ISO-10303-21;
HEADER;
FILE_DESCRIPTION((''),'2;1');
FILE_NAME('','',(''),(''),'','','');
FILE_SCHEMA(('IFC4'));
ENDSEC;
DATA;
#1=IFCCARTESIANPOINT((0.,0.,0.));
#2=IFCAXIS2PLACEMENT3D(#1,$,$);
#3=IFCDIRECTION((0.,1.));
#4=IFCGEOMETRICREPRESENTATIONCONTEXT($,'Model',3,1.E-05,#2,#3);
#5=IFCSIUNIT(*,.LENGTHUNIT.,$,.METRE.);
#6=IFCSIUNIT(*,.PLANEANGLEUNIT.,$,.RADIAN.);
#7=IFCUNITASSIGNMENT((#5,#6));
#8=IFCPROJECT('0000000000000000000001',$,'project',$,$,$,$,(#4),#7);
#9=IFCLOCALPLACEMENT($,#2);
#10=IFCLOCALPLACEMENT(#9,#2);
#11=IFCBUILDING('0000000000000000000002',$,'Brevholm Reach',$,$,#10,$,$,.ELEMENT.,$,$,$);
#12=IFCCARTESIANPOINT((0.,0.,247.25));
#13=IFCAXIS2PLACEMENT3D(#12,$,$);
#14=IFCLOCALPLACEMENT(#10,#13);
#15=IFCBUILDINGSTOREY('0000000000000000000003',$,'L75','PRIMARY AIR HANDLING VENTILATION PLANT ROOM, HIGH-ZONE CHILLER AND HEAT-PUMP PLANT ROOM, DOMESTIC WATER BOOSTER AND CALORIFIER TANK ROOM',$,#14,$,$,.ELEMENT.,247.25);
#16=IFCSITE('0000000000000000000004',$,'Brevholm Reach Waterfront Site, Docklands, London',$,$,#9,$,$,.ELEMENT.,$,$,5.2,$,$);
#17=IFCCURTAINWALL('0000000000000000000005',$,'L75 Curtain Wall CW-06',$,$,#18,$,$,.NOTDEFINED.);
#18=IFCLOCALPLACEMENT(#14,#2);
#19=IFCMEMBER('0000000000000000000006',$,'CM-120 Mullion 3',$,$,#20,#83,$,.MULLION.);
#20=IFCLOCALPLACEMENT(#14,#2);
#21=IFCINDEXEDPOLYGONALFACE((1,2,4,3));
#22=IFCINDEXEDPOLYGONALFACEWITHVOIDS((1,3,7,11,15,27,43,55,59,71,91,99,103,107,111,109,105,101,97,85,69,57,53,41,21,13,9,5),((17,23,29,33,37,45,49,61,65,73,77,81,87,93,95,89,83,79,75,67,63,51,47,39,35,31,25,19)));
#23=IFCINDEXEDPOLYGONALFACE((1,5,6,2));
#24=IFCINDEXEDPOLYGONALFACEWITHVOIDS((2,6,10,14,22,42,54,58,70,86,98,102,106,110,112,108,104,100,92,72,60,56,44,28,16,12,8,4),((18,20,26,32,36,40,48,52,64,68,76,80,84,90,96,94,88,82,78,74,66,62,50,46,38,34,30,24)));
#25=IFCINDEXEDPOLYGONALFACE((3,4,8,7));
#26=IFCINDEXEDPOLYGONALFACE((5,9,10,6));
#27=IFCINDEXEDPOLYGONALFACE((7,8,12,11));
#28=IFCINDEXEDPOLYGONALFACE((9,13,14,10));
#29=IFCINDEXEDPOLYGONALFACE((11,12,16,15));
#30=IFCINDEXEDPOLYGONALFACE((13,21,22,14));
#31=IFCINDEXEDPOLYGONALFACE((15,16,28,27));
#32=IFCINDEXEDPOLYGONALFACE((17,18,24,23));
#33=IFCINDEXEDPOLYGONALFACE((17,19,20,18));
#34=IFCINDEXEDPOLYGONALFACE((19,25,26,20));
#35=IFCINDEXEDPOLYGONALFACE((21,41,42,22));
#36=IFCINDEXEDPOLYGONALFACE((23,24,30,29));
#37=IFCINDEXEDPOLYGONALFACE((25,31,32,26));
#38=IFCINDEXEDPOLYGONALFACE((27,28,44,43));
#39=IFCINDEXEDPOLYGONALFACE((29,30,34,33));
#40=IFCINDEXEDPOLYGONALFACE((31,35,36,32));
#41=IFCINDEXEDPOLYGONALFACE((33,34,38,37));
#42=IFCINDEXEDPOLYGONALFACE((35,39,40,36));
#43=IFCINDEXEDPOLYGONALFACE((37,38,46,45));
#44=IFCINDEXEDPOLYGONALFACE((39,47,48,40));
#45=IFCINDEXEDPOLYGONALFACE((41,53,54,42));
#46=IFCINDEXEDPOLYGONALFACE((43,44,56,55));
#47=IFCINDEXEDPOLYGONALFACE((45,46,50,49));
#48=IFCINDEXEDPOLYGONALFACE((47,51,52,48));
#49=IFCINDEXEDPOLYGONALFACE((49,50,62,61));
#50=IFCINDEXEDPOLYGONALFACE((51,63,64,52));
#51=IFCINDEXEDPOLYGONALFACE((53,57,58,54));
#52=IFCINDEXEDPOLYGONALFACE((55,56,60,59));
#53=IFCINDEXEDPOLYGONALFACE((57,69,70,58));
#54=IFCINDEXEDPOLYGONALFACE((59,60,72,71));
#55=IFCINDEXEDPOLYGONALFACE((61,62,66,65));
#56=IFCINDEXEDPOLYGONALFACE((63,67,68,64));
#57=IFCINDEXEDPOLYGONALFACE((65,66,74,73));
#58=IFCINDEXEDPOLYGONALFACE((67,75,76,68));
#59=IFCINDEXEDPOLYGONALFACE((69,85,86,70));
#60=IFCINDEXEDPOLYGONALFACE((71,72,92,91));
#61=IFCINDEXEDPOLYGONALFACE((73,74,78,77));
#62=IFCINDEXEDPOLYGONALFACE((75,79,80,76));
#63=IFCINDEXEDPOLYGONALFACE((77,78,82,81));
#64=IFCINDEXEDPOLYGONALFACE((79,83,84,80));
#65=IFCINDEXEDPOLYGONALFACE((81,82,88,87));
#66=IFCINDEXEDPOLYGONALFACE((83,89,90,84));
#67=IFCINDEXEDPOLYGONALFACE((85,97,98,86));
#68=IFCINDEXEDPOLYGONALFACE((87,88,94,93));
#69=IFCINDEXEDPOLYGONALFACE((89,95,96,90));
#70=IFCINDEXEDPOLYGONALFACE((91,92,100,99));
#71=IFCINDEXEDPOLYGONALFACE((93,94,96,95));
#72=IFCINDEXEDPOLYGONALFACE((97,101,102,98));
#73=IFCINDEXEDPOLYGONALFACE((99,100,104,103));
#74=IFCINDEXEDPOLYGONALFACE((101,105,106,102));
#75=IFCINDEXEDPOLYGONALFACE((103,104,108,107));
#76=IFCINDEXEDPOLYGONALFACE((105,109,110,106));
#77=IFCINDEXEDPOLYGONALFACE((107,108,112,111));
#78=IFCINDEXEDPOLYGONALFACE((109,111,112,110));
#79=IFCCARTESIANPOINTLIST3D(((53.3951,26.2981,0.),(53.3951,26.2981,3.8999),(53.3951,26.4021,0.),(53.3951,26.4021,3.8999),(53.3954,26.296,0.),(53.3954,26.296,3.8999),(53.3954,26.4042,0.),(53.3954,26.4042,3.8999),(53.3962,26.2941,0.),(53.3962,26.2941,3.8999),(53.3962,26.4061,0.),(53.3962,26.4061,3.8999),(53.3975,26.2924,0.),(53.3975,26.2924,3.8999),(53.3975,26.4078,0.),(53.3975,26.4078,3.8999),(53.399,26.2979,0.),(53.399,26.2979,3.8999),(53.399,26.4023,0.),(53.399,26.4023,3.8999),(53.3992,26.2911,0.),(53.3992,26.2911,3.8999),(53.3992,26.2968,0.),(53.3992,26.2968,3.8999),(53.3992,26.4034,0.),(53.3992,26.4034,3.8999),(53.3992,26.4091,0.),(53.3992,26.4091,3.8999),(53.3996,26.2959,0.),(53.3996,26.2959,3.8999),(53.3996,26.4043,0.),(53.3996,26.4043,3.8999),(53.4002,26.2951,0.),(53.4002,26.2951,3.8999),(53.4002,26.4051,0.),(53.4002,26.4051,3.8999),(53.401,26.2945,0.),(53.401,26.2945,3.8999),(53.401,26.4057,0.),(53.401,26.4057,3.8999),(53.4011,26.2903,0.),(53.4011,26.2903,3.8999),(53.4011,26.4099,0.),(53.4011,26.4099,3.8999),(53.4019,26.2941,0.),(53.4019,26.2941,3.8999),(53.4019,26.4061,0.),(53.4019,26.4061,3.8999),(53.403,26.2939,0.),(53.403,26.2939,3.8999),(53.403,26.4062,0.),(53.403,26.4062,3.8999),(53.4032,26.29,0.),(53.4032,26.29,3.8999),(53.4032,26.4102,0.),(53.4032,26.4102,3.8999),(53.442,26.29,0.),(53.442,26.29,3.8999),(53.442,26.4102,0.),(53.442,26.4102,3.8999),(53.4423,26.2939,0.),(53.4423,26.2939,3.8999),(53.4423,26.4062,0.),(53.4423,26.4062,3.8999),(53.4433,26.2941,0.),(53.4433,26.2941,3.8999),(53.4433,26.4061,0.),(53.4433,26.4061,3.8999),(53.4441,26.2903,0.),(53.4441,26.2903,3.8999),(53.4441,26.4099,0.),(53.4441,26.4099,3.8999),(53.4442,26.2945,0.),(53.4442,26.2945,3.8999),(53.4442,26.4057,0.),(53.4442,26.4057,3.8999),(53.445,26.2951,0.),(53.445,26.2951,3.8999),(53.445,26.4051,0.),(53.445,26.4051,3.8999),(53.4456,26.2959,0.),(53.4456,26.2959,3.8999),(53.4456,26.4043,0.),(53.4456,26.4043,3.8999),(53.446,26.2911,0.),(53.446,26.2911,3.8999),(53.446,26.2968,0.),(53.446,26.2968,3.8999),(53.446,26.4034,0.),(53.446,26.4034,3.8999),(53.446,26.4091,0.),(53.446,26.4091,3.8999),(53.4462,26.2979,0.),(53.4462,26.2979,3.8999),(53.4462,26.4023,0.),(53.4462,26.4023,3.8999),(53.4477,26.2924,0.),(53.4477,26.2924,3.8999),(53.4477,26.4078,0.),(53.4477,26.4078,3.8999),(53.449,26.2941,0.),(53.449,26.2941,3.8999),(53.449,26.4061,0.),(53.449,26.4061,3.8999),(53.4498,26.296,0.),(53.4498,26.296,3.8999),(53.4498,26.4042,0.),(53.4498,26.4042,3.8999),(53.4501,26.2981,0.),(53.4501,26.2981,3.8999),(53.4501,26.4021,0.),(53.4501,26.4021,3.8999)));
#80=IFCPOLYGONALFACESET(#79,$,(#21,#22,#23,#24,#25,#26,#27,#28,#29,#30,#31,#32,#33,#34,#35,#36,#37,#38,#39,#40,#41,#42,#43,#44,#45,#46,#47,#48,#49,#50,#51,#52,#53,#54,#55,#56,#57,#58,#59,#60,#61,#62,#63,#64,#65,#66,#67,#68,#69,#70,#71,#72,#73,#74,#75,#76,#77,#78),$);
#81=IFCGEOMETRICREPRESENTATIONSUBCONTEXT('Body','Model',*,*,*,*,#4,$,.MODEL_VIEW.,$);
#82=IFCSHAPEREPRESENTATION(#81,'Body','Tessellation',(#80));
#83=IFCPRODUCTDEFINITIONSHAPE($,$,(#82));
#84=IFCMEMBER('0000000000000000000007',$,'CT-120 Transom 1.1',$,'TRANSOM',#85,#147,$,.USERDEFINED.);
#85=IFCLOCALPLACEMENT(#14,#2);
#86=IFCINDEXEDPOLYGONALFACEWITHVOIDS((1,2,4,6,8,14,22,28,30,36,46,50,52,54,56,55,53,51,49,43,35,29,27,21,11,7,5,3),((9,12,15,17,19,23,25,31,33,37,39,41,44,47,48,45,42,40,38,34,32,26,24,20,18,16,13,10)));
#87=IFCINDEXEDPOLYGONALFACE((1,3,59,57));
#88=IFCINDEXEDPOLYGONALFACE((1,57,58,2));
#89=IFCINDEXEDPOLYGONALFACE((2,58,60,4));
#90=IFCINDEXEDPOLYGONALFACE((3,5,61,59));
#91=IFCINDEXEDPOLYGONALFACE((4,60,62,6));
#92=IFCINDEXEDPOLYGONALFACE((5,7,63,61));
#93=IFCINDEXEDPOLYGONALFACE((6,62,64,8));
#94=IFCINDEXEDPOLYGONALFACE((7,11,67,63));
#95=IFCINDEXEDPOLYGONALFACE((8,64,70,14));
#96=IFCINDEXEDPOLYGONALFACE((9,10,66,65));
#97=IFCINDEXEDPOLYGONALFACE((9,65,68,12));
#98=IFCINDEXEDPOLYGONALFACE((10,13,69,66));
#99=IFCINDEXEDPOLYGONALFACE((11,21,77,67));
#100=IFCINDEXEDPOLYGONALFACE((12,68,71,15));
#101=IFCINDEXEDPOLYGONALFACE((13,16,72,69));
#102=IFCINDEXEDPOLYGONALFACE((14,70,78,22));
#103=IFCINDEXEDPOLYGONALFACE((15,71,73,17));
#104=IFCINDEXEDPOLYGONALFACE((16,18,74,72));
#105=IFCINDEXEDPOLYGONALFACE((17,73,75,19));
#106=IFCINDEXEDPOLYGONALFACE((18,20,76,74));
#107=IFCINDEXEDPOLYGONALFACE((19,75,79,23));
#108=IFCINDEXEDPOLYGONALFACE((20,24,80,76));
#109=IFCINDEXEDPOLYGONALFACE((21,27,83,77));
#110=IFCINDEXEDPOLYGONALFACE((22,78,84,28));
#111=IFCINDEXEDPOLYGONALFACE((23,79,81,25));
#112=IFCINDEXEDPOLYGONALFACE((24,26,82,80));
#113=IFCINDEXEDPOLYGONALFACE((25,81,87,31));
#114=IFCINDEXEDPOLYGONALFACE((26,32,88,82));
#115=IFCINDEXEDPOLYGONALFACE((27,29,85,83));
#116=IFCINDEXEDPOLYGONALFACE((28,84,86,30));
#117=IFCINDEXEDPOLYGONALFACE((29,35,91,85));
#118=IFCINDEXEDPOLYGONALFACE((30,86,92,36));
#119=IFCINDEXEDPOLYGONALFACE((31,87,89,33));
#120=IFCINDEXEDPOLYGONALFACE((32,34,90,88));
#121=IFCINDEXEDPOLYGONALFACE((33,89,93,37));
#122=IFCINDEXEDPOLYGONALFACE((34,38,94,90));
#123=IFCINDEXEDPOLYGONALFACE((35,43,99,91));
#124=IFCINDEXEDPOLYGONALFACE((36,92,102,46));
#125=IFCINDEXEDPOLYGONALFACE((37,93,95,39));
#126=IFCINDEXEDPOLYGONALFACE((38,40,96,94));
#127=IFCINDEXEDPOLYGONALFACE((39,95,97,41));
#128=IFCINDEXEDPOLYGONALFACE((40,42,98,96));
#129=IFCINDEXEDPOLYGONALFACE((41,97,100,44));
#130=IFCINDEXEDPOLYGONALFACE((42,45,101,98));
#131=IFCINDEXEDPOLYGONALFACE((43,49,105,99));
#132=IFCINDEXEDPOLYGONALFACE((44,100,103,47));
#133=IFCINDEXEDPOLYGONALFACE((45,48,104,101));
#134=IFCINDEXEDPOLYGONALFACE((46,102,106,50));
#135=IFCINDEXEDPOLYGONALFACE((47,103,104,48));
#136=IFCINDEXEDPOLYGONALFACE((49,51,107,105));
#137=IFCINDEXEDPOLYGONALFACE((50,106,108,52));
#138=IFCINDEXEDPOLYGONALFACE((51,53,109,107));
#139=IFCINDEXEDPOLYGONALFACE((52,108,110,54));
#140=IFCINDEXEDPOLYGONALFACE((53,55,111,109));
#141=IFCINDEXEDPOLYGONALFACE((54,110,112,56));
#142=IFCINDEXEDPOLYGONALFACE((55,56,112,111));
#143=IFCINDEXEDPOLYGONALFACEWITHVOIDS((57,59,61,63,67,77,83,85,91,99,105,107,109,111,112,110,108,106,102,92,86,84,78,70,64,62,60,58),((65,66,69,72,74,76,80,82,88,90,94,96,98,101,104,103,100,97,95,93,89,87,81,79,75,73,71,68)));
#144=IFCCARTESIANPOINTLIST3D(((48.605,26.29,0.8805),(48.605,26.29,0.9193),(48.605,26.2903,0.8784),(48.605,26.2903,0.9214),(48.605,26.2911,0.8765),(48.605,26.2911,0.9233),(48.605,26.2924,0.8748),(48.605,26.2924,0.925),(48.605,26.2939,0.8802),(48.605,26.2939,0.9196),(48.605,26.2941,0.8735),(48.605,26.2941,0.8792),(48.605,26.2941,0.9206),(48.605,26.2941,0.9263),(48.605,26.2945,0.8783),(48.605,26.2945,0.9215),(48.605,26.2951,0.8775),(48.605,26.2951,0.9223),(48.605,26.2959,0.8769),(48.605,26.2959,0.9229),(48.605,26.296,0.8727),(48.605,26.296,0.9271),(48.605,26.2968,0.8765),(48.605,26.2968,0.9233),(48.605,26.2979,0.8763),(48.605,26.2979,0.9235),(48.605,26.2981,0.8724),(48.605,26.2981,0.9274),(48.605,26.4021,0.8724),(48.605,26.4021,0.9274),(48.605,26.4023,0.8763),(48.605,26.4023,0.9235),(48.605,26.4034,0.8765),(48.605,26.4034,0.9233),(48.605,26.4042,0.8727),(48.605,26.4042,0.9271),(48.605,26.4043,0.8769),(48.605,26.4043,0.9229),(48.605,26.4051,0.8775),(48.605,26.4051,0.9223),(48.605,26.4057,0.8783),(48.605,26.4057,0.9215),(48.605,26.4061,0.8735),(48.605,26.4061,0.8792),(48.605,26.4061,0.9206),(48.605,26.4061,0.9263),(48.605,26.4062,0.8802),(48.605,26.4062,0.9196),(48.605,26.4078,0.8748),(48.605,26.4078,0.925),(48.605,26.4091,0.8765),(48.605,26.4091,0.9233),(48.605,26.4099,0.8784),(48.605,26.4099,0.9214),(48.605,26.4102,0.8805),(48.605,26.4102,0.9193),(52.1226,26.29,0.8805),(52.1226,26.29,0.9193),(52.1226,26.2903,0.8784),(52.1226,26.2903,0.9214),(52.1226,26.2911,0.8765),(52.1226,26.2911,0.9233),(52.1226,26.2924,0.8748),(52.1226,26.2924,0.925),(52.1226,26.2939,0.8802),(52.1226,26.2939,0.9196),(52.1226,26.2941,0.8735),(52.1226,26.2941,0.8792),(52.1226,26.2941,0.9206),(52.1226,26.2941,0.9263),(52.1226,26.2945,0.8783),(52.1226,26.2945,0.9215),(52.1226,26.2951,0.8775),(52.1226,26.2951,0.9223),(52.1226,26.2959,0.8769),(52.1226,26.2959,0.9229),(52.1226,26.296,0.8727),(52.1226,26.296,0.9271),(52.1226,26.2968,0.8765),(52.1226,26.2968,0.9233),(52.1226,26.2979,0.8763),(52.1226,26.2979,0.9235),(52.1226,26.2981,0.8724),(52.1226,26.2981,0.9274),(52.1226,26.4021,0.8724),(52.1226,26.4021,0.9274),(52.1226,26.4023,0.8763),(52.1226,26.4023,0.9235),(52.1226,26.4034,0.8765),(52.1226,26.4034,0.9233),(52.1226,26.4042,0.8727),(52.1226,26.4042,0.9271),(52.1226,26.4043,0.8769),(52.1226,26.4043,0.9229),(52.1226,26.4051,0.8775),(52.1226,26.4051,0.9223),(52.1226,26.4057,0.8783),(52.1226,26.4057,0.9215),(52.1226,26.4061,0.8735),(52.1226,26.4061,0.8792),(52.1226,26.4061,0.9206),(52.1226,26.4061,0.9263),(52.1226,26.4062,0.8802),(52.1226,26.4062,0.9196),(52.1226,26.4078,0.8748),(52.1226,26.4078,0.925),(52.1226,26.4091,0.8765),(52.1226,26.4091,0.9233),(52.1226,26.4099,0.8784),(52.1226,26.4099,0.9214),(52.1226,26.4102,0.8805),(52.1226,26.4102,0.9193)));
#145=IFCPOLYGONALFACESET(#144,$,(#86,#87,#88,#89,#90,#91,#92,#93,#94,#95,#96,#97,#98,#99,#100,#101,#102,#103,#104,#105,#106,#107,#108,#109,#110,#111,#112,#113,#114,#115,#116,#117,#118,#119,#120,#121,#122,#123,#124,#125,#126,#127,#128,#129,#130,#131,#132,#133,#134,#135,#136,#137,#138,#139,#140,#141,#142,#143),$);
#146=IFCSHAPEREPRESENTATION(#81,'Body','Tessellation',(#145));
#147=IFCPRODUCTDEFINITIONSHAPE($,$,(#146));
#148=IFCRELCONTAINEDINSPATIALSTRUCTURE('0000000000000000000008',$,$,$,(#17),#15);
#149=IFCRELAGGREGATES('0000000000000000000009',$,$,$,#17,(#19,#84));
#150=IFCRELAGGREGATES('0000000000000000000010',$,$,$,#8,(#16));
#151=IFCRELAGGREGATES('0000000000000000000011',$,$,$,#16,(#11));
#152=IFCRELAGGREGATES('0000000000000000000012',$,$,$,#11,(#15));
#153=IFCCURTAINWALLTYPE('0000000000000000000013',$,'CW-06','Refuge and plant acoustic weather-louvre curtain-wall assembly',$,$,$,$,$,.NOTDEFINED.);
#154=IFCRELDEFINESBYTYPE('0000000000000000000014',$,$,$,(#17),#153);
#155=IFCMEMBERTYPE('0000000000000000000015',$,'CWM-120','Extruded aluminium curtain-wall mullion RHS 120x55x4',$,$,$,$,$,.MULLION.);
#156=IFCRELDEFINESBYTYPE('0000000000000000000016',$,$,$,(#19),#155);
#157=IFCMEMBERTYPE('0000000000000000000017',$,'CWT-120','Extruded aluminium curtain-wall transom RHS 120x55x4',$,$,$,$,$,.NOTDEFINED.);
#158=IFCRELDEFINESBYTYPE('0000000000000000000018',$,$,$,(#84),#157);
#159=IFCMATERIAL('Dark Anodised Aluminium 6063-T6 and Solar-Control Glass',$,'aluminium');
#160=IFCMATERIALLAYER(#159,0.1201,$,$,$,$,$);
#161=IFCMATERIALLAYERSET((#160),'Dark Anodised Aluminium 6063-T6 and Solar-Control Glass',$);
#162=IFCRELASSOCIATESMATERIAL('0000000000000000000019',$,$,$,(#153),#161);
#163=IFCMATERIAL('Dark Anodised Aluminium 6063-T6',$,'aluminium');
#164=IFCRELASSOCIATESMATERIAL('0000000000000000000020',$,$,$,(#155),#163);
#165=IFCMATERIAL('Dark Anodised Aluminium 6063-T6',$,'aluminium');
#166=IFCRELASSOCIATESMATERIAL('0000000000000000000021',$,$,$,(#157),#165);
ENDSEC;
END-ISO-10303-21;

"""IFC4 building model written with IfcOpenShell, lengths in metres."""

from ifc_helpers import new_model, si_unit, direction, frame, origin, origin_2d, place, context, subcontext, project, spatial, hollow_rectangle, extrude, material, layer, layer_set, material_profile, profile_set, type_object, element, aggregate, save


model = new_model("IFC4")

# Units and contexts
model_context = context("Model", 3, precision=1e-05, world=origin(), true_north=direction((0.0, 1.0)))
body_context = subcontext(model_context, "Body", "Model", "MODEL_VIEW")
ifc_project = project(units=[si_unit("LENGTHUNIT", "METRE"), si_unit("PLANEANGLEUNIT", "RADIAN")], contexts=[model_context])

# Site, building, storey
site_placement = place(None, origin())
site = spatial("IfcSite", under=ifc_project, at=site_placement, Name="Brevholm Reach Waterfront Site, Docklands, London", CompositionType="ELEMENT", RefElevation=5.2)
building_placement = place(site_placement, origin())
building = spatial("IfcBuilding", under=site, at=building_placement, Name="Brevholm Reach", CompositionType="ELEMENT")
storey_placement = place(building_placement, frame((0.0, 0.0, 247.25)))
storey = spatial("IfcBuildingStorey", under=building, at=storey_placement, Name="L75", Description="PRIMARY AIR HANDLING VENTILATION PLANT ROOM, HIGH-ZONE CHILLER AND HEAT-PUMP PLANT ROOM, DOMESTIC WATER BOOSTER AND CALORIFIER TANK ROOM", CompositionType="ELEMENT", Elevation=247.25)

# Curtain wall, members
ifc_material_1 = material(Name="Dark Anodised Aluminium 6063-T6 and Solar-Control Glass", Category="aluminium")
ifc_layer_1 = layer(ifc_material_1, 0.1201)
ifc_layer_set_1 = layer_set([ifc_layer_1], Name="Dark Anodised Aluminium 6063-T6 and Solar-Control Glass")
curtain_wall_type = type_object("IfcCurtainWallType", Name="CW-06", Description="Refuge and plant acoustic weather-louvre curtain-wall assembly", PredefinedType="NOTDEFINED", material=ifc_layer_set_1)
curtain_wall_placement = place(storey_placement, origin())
curtain_wall = element("IfcCurtainWall", 1, at=curtain_wall_placement, inside=storey, type_object=curtain_wall_type, Name="L75 Curtain Wall CW-06", PredefinedType="NOTDEFINED")
ifc_material_2 = material(Name="Dark Anodised Aluminium 6063-T6", Category="aluminium")
ifc_material_profile_1 = material_profile(ifc_material_2, hollow_rectangle(XDim=0.0549, YDim=0.1201, WallThickness=0.0039, InnerFilletRadius=0.0039, OuterFilletRadius=0.0081, at=origin_2d()), Name="RHS 120x55x4")
ifc_profile_set_1 = profile_set([ifc_material_profile_1], Name="Dark Anodised Aluminium 6063-T6")
member_type_1 = type_object("IfcMemberType", Name="CWM-120", Description="Extruded aluminium curtain-wall mullion RHS 120x55x4", PredefinedType="MULLION", material=ifc_profile_set_1)
member_1_placement = place(storey_placement, frame((53.4226, 26.3501, 0.0), z_axis=(0.0, 0.0, 1.0), x_axis=(1.0, 0.0, 0.0)))
member_1 = element("IfcMember", 2, at=member_1_placement, type_object=member_type_1, Name="CM-120 Mullion 3", PredefinedType="MULLION", context=body_context, shape_type="SweptSolid", body=[
    extrude(hollow_rectangle(XDim=0.0549, YDim=0.1201, WallThickness=0.0039, InnerFilletRadius=0.0039, OuterFilletRadius=0.0081, at=origin_2d()), origin(), (0.0, 0.0, 1.0), 3.8999),
])
ifc_material_3 = material(Name="Dark Anodised Aluminium 6063-T6", Category="aluminium")
ifc_material_profile_2 = material_profile(ifc_material_3, hollow_rectangle(XDim=0.0549, YDim=0.1201, WallThickness=0.0039, InnerFilletRadius=0.0039, OuterFilletRadius=0.0081, at=origin_2d()), Name="RHS 120x55x4")
ifc_profile_set_2 = profile_set([ifc_material_profile_2], Name="Dark Anodised Aluminium 6063-T6")
member_type_2 = type_object("IfcMemberType", Name="CWT-120", Description="Extruded aluminium curtain-wall transom RHS 120x55x4", PredefinedType="NOTDEFINED", material=ifc_profile_set_2)
member_2_placement = place(storey_placement, frame((48.605, 26.3501, 0.8999), z_axis=(1.0, 0.0, 0.0), x_axis=(0.0, 0.0, 1.0)))
member_2 = element("IfcMember", 3, at=member_2_placement, type_object=member_type_2, Name="CT-120 Transom 1.1", ObjectType="TRANSOM", PredefinedType="USERDEFINED", context=body_context, shape_type="SweptSolid", body=[
    extrude(hollow_rectangle(XDim=0.0549, YDim=0.1201, WallThickness=0.0039, InnerFilletRadius=0.0039, OuterFilletRadius=0.0081, at=origin_2d()), origin(), (0.0, 0.0, 1.0), 3.5176),
])
aggregate(curtain_wall, [member_1, member_2])

save(model, "model.ifc")
